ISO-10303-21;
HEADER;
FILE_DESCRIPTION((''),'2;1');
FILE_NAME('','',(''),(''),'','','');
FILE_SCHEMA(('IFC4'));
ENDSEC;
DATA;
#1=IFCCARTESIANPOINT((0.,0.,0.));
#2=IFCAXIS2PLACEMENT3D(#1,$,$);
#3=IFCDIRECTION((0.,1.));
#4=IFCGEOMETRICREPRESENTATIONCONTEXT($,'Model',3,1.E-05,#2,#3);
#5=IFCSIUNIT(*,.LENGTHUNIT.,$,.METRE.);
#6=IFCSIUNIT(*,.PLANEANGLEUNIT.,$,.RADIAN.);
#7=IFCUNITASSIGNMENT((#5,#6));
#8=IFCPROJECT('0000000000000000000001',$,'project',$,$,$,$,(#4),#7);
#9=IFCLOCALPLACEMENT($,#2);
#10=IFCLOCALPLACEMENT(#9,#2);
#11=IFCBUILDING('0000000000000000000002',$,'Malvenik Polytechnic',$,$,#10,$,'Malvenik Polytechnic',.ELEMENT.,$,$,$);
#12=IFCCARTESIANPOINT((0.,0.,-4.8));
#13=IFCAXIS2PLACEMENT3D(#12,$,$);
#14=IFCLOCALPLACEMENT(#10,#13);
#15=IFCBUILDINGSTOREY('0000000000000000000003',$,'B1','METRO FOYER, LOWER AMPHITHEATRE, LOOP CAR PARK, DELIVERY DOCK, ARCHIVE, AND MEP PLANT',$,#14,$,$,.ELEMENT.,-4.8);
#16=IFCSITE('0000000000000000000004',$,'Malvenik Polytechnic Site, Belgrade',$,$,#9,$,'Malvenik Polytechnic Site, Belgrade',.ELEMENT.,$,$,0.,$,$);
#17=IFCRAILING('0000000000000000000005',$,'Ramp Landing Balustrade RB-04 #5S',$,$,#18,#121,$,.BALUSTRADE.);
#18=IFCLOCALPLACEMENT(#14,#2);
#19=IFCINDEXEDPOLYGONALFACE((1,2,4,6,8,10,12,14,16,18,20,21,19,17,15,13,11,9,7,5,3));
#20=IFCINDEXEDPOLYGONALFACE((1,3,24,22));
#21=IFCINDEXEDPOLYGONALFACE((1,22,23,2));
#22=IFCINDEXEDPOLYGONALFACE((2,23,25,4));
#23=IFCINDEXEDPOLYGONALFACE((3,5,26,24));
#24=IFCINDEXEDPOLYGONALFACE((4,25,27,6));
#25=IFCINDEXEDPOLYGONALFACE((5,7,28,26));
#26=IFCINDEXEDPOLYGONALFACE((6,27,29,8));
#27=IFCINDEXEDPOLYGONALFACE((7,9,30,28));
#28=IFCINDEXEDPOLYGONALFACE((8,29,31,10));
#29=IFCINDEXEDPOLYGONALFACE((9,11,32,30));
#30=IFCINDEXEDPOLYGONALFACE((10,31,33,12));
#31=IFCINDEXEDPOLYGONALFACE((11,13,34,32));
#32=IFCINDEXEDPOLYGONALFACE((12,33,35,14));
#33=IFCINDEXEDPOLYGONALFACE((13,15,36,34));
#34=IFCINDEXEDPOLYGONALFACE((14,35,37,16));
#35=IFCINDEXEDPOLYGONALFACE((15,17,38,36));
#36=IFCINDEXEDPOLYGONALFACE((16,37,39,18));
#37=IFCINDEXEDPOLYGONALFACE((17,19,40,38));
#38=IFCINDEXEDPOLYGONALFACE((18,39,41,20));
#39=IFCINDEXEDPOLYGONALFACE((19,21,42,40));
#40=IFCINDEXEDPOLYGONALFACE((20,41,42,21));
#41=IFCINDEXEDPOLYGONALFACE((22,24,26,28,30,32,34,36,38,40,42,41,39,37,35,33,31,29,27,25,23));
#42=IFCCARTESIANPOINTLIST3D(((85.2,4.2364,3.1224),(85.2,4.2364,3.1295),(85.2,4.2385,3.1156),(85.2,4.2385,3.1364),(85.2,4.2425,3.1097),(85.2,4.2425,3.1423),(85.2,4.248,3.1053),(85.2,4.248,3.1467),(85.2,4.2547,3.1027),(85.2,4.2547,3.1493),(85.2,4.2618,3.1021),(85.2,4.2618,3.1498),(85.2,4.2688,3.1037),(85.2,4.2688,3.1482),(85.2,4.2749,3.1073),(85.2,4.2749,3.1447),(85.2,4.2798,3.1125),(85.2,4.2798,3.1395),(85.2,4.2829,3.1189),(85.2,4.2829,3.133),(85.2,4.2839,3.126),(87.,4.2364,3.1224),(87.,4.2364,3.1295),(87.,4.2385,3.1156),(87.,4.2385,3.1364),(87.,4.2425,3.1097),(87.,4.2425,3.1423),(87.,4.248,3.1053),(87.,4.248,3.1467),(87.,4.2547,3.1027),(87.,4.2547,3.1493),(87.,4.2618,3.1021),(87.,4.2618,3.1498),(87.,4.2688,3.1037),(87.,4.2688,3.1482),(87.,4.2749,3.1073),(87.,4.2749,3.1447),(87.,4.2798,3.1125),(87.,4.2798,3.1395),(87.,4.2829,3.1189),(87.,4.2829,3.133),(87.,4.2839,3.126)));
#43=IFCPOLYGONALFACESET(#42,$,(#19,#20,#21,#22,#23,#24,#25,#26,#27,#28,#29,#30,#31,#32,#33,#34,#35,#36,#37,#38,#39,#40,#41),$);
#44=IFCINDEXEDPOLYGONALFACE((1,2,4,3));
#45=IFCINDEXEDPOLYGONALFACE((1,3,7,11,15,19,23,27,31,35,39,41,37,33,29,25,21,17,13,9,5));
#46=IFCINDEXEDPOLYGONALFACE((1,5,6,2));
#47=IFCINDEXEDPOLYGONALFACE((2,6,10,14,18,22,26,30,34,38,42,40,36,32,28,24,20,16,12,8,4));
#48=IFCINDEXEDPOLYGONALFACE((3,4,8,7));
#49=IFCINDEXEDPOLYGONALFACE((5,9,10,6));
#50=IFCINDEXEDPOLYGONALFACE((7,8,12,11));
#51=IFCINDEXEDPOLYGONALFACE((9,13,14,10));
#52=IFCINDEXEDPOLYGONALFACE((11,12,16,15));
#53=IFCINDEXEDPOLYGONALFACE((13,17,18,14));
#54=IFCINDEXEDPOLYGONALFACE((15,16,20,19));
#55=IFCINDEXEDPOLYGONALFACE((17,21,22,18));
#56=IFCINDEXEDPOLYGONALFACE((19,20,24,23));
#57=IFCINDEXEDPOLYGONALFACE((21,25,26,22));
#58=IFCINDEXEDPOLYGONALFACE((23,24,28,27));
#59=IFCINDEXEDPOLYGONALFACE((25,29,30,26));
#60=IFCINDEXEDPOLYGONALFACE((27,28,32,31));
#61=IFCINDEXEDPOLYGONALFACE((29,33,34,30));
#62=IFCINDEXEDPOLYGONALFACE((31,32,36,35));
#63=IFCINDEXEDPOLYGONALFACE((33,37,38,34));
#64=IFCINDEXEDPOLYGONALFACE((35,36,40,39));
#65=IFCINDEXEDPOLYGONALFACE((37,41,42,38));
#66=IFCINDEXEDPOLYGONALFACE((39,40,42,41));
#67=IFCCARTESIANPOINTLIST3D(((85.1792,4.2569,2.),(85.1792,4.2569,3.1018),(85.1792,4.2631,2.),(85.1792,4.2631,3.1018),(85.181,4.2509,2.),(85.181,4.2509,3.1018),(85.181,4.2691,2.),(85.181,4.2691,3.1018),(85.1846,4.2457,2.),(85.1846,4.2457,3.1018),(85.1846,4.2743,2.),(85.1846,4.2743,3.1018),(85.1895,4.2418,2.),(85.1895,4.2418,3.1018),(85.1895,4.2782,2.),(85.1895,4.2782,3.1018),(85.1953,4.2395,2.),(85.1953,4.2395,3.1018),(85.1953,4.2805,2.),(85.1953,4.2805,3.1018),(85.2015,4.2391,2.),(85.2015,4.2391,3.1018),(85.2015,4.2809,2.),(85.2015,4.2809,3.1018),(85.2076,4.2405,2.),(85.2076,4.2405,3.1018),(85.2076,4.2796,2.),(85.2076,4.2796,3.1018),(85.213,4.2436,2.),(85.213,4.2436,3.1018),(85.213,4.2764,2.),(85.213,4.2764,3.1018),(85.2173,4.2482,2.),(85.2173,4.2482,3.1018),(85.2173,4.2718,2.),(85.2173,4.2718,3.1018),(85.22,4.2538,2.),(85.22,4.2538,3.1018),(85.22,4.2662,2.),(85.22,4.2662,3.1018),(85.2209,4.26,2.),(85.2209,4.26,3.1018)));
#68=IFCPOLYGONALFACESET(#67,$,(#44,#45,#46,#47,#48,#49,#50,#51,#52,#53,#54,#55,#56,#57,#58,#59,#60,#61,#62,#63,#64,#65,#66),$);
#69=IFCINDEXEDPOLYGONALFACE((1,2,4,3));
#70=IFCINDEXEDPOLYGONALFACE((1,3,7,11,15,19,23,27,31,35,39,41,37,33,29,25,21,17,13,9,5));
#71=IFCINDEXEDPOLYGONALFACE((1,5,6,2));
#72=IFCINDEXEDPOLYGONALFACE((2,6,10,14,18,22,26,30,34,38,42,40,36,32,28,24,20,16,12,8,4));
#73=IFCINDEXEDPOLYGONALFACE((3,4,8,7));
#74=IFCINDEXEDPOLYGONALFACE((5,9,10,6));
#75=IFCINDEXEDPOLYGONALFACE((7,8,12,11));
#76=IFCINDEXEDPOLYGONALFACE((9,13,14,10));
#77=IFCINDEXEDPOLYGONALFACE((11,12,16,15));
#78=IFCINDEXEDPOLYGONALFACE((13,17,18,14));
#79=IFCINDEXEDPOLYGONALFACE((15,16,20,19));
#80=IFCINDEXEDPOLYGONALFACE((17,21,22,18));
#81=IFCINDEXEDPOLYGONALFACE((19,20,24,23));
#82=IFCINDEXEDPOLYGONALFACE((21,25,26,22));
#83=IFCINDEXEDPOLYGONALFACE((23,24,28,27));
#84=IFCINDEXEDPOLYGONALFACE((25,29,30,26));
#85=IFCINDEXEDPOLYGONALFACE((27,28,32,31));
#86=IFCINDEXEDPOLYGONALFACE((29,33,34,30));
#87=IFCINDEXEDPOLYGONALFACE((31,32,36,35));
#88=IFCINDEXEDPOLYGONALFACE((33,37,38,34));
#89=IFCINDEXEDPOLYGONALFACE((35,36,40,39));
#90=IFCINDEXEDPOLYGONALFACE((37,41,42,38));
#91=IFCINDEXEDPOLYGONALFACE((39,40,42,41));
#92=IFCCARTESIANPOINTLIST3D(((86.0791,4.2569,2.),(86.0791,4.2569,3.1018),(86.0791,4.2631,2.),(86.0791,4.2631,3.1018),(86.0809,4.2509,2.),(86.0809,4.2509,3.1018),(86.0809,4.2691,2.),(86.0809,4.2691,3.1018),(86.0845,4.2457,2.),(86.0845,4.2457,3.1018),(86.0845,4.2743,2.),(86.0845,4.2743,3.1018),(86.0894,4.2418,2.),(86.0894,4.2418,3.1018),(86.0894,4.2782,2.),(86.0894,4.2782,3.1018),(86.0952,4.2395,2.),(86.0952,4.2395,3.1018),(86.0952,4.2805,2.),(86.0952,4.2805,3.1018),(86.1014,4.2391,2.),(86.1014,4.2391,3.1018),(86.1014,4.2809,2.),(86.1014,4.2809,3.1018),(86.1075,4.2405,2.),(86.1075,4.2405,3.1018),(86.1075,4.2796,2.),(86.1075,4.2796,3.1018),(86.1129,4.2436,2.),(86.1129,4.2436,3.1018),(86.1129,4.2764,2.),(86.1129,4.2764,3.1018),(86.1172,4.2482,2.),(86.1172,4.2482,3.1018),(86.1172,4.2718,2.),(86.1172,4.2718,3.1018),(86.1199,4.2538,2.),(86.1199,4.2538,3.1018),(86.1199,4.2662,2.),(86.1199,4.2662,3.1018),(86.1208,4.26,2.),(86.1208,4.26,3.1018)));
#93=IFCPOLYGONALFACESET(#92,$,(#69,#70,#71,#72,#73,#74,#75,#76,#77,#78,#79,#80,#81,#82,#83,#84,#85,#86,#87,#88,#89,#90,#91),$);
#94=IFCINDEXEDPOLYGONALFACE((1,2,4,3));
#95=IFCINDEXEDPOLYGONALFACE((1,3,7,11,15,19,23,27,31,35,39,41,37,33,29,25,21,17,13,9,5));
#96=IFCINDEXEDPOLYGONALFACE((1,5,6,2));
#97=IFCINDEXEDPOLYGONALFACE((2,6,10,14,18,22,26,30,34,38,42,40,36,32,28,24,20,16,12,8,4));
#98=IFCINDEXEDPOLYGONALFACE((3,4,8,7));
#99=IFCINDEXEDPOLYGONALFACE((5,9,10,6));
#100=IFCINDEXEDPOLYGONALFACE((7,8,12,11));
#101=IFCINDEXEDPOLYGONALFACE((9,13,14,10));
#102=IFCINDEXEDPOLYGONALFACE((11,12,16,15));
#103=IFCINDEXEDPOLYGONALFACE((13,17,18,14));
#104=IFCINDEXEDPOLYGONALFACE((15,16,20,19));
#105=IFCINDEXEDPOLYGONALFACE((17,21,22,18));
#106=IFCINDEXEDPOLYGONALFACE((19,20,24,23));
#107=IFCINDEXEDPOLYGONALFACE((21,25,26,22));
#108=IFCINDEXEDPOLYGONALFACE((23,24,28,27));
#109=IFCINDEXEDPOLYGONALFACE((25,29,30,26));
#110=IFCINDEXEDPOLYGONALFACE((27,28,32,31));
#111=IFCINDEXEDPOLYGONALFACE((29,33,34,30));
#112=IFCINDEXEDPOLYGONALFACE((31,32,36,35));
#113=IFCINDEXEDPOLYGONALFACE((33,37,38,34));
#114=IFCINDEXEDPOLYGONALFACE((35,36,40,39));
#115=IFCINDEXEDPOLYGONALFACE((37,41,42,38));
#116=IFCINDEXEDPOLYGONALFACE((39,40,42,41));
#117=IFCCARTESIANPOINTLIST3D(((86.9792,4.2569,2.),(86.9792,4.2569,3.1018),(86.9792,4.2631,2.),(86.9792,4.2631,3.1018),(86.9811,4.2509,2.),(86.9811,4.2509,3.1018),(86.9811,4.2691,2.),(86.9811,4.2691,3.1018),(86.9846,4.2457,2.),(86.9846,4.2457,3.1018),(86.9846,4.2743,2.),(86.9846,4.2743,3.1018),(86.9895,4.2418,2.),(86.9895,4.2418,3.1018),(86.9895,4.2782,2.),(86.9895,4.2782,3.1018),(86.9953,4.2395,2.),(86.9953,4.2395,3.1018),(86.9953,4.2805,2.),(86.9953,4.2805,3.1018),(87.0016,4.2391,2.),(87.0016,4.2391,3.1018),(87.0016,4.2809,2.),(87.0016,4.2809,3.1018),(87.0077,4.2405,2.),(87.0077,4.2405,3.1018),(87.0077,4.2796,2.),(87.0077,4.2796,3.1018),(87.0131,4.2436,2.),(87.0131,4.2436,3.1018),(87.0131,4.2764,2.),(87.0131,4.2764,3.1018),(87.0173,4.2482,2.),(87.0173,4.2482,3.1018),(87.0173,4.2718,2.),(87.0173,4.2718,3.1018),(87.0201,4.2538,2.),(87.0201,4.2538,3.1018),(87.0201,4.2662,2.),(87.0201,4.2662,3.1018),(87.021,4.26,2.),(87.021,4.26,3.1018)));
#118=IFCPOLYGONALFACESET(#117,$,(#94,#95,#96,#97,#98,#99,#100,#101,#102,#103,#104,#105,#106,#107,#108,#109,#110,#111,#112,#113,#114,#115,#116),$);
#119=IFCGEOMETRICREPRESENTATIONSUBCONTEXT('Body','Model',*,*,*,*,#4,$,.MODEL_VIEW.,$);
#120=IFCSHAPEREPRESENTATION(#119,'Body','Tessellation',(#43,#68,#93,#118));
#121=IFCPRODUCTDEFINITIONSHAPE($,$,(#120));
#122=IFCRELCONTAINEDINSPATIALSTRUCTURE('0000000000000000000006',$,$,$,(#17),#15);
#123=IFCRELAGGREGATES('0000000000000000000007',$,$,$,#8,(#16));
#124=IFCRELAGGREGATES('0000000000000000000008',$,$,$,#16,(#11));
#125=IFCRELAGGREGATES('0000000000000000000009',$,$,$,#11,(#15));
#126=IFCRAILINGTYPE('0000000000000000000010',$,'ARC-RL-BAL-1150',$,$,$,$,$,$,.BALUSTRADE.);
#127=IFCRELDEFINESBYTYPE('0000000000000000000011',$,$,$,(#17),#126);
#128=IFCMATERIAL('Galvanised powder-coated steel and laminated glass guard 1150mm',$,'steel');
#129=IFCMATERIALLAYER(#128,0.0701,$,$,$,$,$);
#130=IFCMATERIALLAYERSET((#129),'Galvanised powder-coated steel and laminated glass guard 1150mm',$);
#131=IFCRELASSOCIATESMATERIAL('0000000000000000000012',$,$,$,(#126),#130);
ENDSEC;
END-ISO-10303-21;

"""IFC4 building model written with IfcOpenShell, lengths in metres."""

from ifc_helpers import new_model, si_unit, direction, frame, origin, origin_2d, place, context, subcontext, project, spatial, circle, extrude, material, layer, layer_set, type_object, element, save


model = new_model("IFC4")

# Units and contexts
model_context = context("Model", 3, precision=1e-05, world=origin(), true_north=direction((0.0, 1.0)))
body_context = subcontext(model_context, "Body", "Model", "MODEL_VIEW")
ifc_project = project(units=[si_unit("LENGTHUNIT", "METRE"), si_unit("PLANEANGLEUNIT", "RADIAN")], contexts=[model_context])

# Site, building, storey
site_placement = place(None, origin())
site = spatial("IfcSite", under=ifc_project, at=site_placement, Name="Malvenik Polytechnic Site, Belgrade", LongName="Malvenik Polytechnic Site, Belgrade", CompositionType="ELEMENT", RefElevation=0.0)
building_placement = place(site_placement, origin())
building = spatial("IfcBuilding", under=site, at=building_placement, Name="Malvenik Polytechnic", LongName="Malvenik Polytechnic", CompositionType="ELEMENT")
storey_placement = place(building_placement, frame((0.0, 0.0, -4.8)))
storey = spatial("IfcBuildingStorey", under=building, at=storey_placement, Name="B1", Description="METRO FOYER, LOWER AMPHITHEATRE, LOOP CAR PARK, DELIVERY DOCK, ARCHIVE, AND MEP PLANT", CompositionType="ELEMENT", Elevation=-4.8)

# Railing
ifc_material_1 = material(Name="Galvanised powder-coated steel and laminated glass guard 1150mm", Category="steel")
ifc_layer_1 = layer(ifc_material_1, 0.0701)
ifc_layer_set_1 = layer_set([ifc_layer_1], Name="Galvanised powder-coated steel and laminated glass guard 1150mm")
railing_type_1 = type_object("IfcRailingType", Name="ARC-RL-BAL-1150", PredefinedType="BALUSTRADE", material=ifc_layer_set_1)
for number, where, name in (
    (1, (85.2, 4.26, 2.0), "Ramp Landing Balustrade RB-04 #5S"),
):
    element("IfcRailing", number, at=place(storey_placement, frame(where)), inside=storey, type_object=railing_type_1, Name=name, PredefinedType="BALUSTRADE", context=body_context, shape_type="SweptSolid", body=[
        extrude(circle(Radius=0.0239, at=origin_2d()), frame((0.0, 0.0, 1.126), z_axis=(1.0, 0.0, 0.0), x_axis=(0.0, 1.0, 0.0)), (0.0, 0.0, 1.0), 1.8),
        extrude(circle(Radius=0.021, at=origin_2d()), origin(), (0.0, 0.0, 1.0), 1.1018),
        extrude(circle(Radius=0.021, at=origin_2d()), frame((0.8999, 0.0, 0.0)), (0.0, 0.0, 1.0), 1.1018),
        extrude(circle(Radius=0.021, at=origin_2d()), frame((1.8, 0.0, 0.0)), (0.0, 0.0, 1.0), 1.1018),
    ])

save(model, "model.ifc")
